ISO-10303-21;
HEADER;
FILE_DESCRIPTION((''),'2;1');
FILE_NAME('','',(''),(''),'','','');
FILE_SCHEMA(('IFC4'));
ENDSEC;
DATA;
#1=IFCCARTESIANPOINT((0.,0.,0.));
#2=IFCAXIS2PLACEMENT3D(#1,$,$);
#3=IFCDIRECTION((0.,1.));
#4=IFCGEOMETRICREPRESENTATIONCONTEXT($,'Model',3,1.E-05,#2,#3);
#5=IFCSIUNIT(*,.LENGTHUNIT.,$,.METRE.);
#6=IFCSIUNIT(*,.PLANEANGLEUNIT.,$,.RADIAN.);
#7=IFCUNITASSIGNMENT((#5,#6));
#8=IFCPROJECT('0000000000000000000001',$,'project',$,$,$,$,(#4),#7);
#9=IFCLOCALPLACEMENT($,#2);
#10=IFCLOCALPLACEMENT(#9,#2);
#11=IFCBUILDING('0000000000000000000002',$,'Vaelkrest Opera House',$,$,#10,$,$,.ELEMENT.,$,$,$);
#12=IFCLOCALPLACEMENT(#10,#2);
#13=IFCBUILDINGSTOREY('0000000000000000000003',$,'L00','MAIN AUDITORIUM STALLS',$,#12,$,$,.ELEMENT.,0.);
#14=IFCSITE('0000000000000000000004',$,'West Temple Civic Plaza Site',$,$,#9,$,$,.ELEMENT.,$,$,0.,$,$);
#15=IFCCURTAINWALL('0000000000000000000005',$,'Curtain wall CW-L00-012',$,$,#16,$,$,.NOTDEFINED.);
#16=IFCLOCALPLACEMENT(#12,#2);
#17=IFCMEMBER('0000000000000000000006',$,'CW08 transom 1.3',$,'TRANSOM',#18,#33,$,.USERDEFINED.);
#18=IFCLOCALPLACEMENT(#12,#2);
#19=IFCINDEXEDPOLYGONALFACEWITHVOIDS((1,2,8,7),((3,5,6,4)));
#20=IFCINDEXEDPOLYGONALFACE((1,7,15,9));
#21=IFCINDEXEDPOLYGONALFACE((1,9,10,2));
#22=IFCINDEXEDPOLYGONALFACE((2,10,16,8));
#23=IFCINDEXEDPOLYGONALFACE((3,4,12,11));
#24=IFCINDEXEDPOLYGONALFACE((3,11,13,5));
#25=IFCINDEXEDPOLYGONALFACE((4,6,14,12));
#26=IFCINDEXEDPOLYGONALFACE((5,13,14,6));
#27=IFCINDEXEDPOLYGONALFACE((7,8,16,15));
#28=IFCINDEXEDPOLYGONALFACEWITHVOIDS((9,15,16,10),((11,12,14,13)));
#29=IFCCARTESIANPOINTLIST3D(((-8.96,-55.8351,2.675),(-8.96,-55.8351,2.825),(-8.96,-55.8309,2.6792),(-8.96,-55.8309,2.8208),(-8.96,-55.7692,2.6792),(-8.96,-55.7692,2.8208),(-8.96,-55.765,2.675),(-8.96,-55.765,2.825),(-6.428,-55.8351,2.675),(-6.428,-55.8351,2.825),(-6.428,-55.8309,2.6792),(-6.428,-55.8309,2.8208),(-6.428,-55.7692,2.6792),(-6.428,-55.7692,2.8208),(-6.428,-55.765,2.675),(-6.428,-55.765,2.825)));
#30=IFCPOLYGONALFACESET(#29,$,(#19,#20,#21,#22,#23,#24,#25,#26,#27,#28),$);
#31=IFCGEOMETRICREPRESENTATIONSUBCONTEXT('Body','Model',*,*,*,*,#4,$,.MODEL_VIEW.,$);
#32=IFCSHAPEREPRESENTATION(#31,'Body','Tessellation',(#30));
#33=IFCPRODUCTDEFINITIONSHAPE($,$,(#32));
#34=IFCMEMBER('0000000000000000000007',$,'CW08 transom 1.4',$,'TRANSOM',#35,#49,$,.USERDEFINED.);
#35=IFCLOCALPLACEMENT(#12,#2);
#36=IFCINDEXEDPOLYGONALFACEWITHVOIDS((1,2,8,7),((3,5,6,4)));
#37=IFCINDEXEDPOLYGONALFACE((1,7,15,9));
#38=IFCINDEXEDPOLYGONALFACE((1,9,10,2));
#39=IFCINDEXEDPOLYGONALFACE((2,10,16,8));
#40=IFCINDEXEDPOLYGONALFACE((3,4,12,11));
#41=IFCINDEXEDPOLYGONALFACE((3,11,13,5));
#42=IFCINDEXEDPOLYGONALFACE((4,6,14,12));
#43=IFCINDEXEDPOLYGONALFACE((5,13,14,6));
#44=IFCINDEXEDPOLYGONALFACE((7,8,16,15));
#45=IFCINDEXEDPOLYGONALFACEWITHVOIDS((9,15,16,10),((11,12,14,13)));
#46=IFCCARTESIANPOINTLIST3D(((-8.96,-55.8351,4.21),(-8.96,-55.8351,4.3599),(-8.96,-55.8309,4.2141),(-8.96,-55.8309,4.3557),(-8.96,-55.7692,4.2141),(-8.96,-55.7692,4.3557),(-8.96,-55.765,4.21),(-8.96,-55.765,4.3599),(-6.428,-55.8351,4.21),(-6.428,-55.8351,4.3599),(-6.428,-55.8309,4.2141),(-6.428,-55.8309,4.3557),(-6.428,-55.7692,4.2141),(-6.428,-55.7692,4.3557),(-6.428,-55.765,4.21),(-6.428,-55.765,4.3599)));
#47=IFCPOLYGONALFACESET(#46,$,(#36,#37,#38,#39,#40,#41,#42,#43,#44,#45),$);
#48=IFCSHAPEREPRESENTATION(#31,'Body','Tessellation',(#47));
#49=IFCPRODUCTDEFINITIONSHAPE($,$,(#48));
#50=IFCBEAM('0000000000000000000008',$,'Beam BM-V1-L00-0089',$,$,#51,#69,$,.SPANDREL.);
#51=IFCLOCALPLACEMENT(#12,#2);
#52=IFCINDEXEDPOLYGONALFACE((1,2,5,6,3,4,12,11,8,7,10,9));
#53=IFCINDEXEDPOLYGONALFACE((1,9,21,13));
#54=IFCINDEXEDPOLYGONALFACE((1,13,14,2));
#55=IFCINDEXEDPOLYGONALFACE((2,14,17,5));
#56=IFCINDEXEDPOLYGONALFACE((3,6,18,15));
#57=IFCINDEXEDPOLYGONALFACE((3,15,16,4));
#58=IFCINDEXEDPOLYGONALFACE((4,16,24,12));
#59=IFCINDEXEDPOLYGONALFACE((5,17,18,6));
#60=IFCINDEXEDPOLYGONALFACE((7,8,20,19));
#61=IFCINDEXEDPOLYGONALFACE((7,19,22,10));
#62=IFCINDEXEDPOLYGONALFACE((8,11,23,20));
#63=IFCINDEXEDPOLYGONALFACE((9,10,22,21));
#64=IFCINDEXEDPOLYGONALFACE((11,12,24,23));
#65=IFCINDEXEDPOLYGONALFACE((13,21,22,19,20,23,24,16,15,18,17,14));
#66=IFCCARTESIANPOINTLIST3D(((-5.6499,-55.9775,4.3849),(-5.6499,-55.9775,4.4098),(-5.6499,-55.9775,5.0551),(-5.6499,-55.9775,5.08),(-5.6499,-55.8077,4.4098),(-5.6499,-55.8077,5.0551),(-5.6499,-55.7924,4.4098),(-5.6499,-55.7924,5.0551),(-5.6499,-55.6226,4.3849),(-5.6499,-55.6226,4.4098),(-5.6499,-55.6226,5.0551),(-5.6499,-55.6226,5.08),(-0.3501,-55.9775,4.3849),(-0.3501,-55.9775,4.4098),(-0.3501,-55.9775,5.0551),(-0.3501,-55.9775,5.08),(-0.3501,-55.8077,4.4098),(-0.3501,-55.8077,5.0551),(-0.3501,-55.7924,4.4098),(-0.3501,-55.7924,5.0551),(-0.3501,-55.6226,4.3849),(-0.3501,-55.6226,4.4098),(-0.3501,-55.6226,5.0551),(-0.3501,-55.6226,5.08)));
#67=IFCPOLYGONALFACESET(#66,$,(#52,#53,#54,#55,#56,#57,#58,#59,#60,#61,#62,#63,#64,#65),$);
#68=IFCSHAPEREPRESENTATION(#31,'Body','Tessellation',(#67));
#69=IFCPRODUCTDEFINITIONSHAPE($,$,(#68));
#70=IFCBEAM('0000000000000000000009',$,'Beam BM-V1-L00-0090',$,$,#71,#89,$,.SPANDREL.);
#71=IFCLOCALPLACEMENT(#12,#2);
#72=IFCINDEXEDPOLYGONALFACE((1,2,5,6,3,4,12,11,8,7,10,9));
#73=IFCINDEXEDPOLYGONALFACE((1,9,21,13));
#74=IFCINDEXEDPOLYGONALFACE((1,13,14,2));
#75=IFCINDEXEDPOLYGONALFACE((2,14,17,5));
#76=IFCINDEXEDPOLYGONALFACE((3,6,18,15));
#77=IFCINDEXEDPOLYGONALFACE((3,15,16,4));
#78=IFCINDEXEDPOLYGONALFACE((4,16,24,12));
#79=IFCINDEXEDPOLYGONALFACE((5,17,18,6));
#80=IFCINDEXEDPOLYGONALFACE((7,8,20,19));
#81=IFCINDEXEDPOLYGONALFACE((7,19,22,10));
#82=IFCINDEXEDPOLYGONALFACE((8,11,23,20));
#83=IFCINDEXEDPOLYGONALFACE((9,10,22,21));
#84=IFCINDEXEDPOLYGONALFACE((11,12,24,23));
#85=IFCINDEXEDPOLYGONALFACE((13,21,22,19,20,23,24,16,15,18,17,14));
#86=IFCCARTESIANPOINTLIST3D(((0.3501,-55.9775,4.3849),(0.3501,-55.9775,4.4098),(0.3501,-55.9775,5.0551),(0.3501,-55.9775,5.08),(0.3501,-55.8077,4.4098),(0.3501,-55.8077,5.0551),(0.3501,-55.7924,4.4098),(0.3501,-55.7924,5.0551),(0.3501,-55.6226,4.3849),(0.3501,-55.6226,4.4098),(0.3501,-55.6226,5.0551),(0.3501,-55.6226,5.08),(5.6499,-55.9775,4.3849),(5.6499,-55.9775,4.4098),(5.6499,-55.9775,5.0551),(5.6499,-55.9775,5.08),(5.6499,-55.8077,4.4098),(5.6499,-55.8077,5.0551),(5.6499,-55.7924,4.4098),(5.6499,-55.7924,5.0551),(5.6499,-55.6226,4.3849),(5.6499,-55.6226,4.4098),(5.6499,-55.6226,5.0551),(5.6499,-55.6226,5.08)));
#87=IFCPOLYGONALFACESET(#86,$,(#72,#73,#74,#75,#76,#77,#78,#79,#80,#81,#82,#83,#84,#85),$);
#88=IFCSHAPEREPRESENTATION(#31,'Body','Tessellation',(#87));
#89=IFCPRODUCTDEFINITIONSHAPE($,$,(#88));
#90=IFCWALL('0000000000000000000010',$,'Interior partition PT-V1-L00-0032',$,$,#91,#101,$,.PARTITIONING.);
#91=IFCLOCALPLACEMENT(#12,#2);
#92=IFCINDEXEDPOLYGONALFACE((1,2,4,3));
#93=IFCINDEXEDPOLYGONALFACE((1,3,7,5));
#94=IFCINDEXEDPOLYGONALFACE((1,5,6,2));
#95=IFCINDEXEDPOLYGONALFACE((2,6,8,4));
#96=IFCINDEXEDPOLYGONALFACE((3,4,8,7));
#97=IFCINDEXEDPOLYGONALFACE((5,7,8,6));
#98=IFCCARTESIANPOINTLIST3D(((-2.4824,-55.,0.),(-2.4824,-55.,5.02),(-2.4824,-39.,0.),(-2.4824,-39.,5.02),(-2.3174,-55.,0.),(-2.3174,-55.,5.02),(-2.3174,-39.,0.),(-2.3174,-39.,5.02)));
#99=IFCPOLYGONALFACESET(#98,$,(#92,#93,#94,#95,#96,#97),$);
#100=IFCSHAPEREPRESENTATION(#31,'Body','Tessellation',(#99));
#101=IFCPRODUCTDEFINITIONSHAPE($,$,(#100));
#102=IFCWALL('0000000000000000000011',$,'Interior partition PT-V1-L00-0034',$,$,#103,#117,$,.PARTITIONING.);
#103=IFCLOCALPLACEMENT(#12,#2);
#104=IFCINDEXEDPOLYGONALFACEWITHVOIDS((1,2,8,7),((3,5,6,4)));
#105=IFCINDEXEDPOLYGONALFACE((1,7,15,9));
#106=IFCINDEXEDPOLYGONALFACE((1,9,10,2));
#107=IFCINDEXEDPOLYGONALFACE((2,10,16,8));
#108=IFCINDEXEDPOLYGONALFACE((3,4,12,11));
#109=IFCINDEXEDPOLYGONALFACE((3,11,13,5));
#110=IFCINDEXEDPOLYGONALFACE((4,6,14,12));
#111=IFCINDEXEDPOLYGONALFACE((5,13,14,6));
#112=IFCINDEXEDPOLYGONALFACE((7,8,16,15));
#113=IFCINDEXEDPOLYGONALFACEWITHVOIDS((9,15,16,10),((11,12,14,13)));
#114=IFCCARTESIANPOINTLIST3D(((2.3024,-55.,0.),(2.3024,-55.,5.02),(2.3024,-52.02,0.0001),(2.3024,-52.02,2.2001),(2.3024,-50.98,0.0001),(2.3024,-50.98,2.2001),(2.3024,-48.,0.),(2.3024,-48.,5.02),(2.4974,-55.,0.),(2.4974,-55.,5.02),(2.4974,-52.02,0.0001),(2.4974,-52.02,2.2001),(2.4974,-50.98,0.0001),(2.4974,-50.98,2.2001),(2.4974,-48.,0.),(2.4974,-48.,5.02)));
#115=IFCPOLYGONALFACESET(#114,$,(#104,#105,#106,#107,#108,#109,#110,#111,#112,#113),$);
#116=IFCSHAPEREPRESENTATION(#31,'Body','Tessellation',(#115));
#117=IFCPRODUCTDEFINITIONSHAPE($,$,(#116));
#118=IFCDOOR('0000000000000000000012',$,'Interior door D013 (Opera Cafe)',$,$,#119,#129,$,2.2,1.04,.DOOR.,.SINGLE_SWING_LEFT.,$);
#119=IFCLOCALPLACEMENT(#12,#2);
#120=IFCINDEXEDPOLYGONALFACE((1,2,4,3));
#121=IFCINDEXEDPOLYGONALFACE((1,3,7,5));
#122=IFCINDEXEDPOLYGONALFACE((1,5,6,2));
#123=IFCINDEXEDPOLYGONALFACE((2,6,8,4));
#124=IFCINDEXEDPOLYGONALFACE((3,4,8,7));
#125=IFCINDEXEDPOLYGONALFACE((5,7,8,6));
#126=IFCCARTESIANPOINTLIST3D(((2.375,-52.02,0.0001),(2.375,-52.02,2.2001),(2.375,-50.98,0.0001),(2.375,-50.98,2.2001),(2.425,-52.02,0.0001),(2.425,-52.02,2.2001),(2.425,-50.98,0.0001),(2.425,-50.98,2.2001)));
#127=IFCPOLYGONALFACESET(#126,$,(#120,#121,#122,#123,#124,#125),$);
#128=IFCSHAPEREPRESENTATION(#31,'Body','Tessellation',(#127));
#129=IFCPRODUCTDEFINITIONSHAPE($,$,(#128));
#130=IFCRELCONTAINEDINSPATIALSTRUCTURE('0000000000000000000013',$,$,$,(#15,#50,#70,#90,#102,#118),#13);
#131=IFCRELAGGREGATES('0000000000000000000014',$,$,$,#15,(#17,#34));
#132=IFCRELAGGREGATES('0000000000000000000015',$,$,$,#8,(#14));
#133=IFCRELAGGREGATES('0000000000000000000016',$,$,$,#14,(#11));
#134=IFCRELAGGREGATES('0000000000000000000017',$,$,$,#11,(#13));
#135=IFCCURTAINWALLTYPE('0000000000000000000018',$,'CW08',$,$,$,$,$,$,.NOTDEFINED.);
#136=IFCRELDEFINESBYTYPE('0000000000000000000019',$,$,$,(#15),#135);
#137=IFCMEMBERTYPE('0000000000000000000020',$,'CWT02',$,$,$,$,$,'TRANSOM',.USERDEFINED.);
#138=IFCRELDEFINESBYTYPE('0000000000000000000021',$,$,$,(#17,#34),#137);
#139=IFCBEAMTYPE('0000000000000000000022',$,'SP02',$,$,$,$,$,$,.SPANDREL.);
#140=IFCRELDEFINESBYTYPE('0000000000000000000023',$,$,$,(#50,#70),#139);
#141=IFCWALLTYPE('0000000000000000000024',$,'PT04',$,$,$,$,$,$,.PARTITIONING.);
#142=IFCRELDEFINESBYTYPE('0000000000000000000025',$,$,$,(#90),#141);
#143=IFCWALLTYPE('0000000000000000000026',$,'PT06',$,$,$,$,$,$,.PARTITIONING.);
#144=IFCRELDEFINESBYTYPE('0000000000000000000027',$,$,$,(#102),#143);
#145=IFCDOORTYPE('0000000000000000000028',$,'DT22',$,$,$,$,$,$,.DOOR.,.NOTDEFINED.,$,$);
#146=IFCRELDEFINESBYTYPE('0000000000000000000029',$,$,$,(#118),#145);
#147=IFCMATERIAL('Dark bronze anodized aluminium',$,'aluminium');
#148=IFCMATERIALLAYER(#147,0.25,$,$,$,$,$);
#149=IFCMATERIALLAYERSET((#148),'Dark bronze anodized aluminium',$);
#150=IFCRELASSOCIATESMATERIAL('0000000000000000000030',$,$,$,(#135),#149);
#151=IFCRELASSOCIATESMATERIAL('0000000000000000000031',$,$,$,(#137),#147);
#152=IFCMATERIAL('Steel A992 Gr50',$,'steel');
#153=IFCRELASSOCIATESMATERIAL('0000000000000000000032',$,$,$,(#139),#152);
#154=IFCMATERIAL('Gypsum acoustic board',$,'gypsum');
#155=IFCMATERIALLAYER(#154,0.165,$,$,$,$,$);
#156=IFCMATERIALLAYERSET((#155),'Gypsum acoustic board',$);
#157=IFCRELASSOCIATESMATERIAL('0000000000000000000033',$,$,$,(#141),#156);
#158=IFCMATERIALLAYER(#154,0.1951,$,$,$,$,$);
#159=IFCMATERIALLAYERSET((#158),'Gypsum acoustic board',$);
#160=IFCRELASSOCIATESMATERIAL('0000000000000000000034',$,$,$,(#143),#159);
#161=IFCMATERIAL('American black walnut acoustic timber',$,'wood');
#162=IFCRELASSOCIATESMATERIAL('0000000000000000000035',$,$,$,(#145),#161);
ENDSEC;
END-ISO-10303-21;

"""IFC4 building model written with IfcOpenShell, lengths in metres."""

from ifc_helpers import new_model, si_unit, direction, frame, frame_2d, origin, origin_2d, place, context, subcontext, project, spatial, rectangle, hollow_rectangle, i_section, extrude, material, layer, layer_set, material_profile, profile_set, type_object, element, fill, aggregate, save


model = new_model("IFC4")

# Units and contexts
model_context = context("Model", 3, precision=1e-05, world=origin(), true_north=direction((0.0, 1.0)))
body_context = subcontext(model_context, "Body", "Model", "MODEL_VIEW")
ifc_project = project(units=[si_unit("LENGTHUNIT", "METRE"), si_unit("PLANEANGLEUNIT", "RADIAN")], contexts=[model_context])

# Site, building, storey
site_placement = place(None, origin())
site = spatial("IfcSite", under=ifc_project, at=site_placement, Name="West Temple Civic Plaza Site", CompositionType="ELEMENT", RefElevation=0.0)
building_placement = place(site_placement, origin())
building = spatial("IfcBuilding", under=site, at=building_placement, Name="Vaelkrest Opera House", CompositionType="ELEMENT")
storey_placement = place(building_placement, origin())
storey = spatial("IfcBuildingStorey", under=building, at=storey_placement, Name="L00", Description="MAIN AUDITORIUM STALLS", CompositionType="ELEMENT", Elevation=0.0)

# Shared definitions
ifc_material_1 = material(Name="Steel A992 Gr50", Category="steel")

# Curtain wall, members
ifc_material_2 = material(Name="Dark bronze anodized aluminium", Category="aluminium")
ifc_layer_1 = layer(ifc_material_2, 0.25)
ifc_layer_set_1 = layer_set([ifc_layer_1], Name="Dark bronze anodized aluminium")
curtain_wall_type = type_object("IfcCurtainWallType", Name="CW08", PredefinedType="NOTDEFINED", material=ifc_layer_set_1)
curtain_wall_placement = place(storey_placement, origin())
curtain_wall = element("IfcCurtainWall", 1, at=curtain_wall_placement, inside=storey, type_object=curtain_wall_type, Name="Curtain wall CW-L00-012", PredefinedType="NOTDEFINED")
ifc_material_profile_1 = material_profile(ifc_material_2, hollow_rectangle(XDim=0.0701, YDim=0.1499, WallThickness=0.0042, at=origin_2d()), Name="CWT70X150")
ifc_profile_set_1 = profile_set([ifc_material_profile_1], Name="Dark bronze anodized aluminium")
member_type_1 = type_object("IfcMemberType", Name="CWT02", ElementType="TRANSOM", PredefinedType="USERDEFINED", material=ifc_profile_set_1)
member_1_placement = place(storey_placement, frame((-6.428, -55.8, 2.75), z_axis=(-1.0, 0.0, 0.0), x_axis=(0.0, -1.0, 0.0)))
member_1 = element("IfcMember", 2, at=member_1_placement, type_object=member_type_1, Name="CW08 transom 1.3", ObjectType="TRANSOM", PredefinedType="USERDEFINED", context=body_context, shape_type="SweptSolid", body=[
    extrude(hollow_rectangle(XDim=0.0701, YDim=0.1499, WallThickness=0.0042, at=origin_2d()), origin(), (0.0, 0.0, 1.0), 2.532),
])
member_2_placement = place(storey_placement, frame((-6.428, -55.8, 4.2849), z_axis=(-1.0, 0.0, 0.0), x_axis=(0.0, -1.0, 0.0)))
member_2 = element("IfcMember", 3, at=member_2_placement, type_object=member_type_1, Name="CW08 transom 1.4", ObjectType="TRANSOM", PredefinedType="USERDEFINED", context=body_context, shape_type="SweptSolid", body=[
    extrude(hollow_rectangle(XDim=0.0701, YDim=0.1499, WallThickness=0.0042, at=origin_2d()), origin(), (0.0, 0.0, 1.0), 2.532),
])
aggregate(curtain_wall, [member_1, member_2])

# Beams
ifc_material_profile_2 = material_profile(ifc_material_1, i_section(OverallWidth=0.355, OverallDepth=0.6951, WebThickness=0.0154, FlangeThickness=0.0249, at=origin_2d()), Name="W27X146")
ifc_profile_set_2 = profile_set([ifc_material_profile_2], Name="Steel A992 Gr50")
beam_type_1 = type_object("IfcBeamType", Name="SP02", PredefinedType="SPANDREL", material=ifc_profile_set_2)
for number, where, z_axis, x_axis, name in (
    (4, (-5.6499, -55.8, 4.7324), (1.0, 0.0, 0.0), (0.0, 1.0, 0.0), "Beam BM-V1-L00-0089"),
    (5, (0.3501, -55.8, 4.7324), (1.0, 0.0, 0.0), (0.0, 1.0, 0.0), "Beam BM-V1-L00-0090"),
):
    element("IfcBeam", number, at=place(storey_placement, frame(where, z_axis=z_axis, x_axis=x_axis)), inside=storey, type_object=beam_type_1, Name=name, PredefinedType="SPANDREL", context=body_context, shape_type="SweptSolid", body=[
        extrude(i_section(OverallWidth=0.355, OverallDepth=0.6951, WebThickness=0.0154, FlangeThickness=0.0249, at=origin_2d()), origin(), (0.0, 0.0, 1.0), 5.2998),
    ])

# Shared definitions
ifc_material_3 = material(Name="American black walnut acoustic timber", Category="wood")

# Wall
ifc_material_4 = material(Name="Gypsum acoustic board", Category="gypsum")
ifc_layer_2 = layer(ifc_material_4, 0.165)
ifc_layer_set_2 = layer_set([ifc_layer_2], Name="Gypsum acoustic board")
wall_type_1 = type_object("IfcWallType", Name="PT04", PredefinedType="PARTITIONING", material=ifc_layer_set_2)
wall_1_placement = place(storey_placement, frame((-2.3999, -55.0, 0.0), z_axis=(0.0, 0.0, 1.0), x_axis=(0.0, 1.0, 0.0)))
element("IfcWall", 6, at=wall_1_placement, inside=storey, type_object=wall_type_1, Name="Interior partition PT-V1-L00-0032", PredefinedType="PARTITIONING", context=body_context, shape_type="SweptSolid", body=[
    extrude(rectangle(XDim=16.0, YDim=0.165, at=frame_2d((8.0, 0.0))), origin(), (0.0, 0.0, 1.0), 5.02),
])

# Wall, opening, door
ifc_layer_3 = layer(ifc_material_4, 0.1951)
ifc_layer_set_3 = layer_set([ifc_layer_3], Name="Gypsum acoustic board")
wall_type_2 = type_object("IfcWallType", Name="PT06", PredefinedType="PARTITIONING", material=ifc_layer_set_3)
wall_2_placement = place(storey_placement, frame((2.3999, -55.0, 0.0), z_axis=(0.0, 0.0, 1.0), x_axis=(0.0, 1.0, 0.0)))
wall_2 = element("IfcWall", 7, at=wall_2_placement, inside=storey, type_object=wall_type_2, Name="Interior partition PT-V1-L00-0034", PredefinedType="PARTITIONING", context=body_context, shape_type="SweptSolid", body=[
    extrude(rectangle(XDim=7.0, YDim=0.1951, at=frame_2d((3.5, 0.0))), origin(), (0.0, 0.0, 1.0), 5.02),
])
opening_1_placement = place(wall_2_placement, frame((2.98, 0.0, 0.0)))
opening_1 = element("IfcOpeningElement", 8, at=opening_1_placement, cuts=wall_2, PredefinedType="OPENING", context=body_context, shape_type="SweptSolid", body=[
    extrude(rectangle(XDim=1.04, YDim=2.2, at=frame_2d((0.52, 1.1001))), frame((0.0, 0.1074, 0.0), z_axis=(0.0, -1.0, 0.0), x_axis=(1.0, 0.0, 0.0)), (0.0, 0.0, 1.0), 0.2151),
])
door_type_1 = type_object("IfcDoorType", Name="DT22", OperationType="NOTDEFINED", PredefinedType="DOOR", material=ifc_material_3)
door_1_placement = place(opening_1_placement, origin())
door_1 = element("IfcDoor", 9, at=door_1_placement, inside=storey, type_object=door_type_1, Name="Interior door D013 (Opera Cafe)", OperationType="SINGLE_SWING_LEFT", OverallHeight=2.2, OverallWidth=1.04, PredefinedType="DOOR", context=body_context, shape_type="SweptSolid", body=[
    extrude(rectangle(XDim=1.04, YDim=2.2, at=frame_2d((0.52, 1.1001))), frame((0.0, 0.0249, 0.0), z_axis=(0.0, -1.0, 0.0), x_axis=(1.0, 0.0, 0.0)), (0.0, 0.0, 1.0), 0.05),
])
fill(opening_1, door_1)

save(model, "model.ifc")
